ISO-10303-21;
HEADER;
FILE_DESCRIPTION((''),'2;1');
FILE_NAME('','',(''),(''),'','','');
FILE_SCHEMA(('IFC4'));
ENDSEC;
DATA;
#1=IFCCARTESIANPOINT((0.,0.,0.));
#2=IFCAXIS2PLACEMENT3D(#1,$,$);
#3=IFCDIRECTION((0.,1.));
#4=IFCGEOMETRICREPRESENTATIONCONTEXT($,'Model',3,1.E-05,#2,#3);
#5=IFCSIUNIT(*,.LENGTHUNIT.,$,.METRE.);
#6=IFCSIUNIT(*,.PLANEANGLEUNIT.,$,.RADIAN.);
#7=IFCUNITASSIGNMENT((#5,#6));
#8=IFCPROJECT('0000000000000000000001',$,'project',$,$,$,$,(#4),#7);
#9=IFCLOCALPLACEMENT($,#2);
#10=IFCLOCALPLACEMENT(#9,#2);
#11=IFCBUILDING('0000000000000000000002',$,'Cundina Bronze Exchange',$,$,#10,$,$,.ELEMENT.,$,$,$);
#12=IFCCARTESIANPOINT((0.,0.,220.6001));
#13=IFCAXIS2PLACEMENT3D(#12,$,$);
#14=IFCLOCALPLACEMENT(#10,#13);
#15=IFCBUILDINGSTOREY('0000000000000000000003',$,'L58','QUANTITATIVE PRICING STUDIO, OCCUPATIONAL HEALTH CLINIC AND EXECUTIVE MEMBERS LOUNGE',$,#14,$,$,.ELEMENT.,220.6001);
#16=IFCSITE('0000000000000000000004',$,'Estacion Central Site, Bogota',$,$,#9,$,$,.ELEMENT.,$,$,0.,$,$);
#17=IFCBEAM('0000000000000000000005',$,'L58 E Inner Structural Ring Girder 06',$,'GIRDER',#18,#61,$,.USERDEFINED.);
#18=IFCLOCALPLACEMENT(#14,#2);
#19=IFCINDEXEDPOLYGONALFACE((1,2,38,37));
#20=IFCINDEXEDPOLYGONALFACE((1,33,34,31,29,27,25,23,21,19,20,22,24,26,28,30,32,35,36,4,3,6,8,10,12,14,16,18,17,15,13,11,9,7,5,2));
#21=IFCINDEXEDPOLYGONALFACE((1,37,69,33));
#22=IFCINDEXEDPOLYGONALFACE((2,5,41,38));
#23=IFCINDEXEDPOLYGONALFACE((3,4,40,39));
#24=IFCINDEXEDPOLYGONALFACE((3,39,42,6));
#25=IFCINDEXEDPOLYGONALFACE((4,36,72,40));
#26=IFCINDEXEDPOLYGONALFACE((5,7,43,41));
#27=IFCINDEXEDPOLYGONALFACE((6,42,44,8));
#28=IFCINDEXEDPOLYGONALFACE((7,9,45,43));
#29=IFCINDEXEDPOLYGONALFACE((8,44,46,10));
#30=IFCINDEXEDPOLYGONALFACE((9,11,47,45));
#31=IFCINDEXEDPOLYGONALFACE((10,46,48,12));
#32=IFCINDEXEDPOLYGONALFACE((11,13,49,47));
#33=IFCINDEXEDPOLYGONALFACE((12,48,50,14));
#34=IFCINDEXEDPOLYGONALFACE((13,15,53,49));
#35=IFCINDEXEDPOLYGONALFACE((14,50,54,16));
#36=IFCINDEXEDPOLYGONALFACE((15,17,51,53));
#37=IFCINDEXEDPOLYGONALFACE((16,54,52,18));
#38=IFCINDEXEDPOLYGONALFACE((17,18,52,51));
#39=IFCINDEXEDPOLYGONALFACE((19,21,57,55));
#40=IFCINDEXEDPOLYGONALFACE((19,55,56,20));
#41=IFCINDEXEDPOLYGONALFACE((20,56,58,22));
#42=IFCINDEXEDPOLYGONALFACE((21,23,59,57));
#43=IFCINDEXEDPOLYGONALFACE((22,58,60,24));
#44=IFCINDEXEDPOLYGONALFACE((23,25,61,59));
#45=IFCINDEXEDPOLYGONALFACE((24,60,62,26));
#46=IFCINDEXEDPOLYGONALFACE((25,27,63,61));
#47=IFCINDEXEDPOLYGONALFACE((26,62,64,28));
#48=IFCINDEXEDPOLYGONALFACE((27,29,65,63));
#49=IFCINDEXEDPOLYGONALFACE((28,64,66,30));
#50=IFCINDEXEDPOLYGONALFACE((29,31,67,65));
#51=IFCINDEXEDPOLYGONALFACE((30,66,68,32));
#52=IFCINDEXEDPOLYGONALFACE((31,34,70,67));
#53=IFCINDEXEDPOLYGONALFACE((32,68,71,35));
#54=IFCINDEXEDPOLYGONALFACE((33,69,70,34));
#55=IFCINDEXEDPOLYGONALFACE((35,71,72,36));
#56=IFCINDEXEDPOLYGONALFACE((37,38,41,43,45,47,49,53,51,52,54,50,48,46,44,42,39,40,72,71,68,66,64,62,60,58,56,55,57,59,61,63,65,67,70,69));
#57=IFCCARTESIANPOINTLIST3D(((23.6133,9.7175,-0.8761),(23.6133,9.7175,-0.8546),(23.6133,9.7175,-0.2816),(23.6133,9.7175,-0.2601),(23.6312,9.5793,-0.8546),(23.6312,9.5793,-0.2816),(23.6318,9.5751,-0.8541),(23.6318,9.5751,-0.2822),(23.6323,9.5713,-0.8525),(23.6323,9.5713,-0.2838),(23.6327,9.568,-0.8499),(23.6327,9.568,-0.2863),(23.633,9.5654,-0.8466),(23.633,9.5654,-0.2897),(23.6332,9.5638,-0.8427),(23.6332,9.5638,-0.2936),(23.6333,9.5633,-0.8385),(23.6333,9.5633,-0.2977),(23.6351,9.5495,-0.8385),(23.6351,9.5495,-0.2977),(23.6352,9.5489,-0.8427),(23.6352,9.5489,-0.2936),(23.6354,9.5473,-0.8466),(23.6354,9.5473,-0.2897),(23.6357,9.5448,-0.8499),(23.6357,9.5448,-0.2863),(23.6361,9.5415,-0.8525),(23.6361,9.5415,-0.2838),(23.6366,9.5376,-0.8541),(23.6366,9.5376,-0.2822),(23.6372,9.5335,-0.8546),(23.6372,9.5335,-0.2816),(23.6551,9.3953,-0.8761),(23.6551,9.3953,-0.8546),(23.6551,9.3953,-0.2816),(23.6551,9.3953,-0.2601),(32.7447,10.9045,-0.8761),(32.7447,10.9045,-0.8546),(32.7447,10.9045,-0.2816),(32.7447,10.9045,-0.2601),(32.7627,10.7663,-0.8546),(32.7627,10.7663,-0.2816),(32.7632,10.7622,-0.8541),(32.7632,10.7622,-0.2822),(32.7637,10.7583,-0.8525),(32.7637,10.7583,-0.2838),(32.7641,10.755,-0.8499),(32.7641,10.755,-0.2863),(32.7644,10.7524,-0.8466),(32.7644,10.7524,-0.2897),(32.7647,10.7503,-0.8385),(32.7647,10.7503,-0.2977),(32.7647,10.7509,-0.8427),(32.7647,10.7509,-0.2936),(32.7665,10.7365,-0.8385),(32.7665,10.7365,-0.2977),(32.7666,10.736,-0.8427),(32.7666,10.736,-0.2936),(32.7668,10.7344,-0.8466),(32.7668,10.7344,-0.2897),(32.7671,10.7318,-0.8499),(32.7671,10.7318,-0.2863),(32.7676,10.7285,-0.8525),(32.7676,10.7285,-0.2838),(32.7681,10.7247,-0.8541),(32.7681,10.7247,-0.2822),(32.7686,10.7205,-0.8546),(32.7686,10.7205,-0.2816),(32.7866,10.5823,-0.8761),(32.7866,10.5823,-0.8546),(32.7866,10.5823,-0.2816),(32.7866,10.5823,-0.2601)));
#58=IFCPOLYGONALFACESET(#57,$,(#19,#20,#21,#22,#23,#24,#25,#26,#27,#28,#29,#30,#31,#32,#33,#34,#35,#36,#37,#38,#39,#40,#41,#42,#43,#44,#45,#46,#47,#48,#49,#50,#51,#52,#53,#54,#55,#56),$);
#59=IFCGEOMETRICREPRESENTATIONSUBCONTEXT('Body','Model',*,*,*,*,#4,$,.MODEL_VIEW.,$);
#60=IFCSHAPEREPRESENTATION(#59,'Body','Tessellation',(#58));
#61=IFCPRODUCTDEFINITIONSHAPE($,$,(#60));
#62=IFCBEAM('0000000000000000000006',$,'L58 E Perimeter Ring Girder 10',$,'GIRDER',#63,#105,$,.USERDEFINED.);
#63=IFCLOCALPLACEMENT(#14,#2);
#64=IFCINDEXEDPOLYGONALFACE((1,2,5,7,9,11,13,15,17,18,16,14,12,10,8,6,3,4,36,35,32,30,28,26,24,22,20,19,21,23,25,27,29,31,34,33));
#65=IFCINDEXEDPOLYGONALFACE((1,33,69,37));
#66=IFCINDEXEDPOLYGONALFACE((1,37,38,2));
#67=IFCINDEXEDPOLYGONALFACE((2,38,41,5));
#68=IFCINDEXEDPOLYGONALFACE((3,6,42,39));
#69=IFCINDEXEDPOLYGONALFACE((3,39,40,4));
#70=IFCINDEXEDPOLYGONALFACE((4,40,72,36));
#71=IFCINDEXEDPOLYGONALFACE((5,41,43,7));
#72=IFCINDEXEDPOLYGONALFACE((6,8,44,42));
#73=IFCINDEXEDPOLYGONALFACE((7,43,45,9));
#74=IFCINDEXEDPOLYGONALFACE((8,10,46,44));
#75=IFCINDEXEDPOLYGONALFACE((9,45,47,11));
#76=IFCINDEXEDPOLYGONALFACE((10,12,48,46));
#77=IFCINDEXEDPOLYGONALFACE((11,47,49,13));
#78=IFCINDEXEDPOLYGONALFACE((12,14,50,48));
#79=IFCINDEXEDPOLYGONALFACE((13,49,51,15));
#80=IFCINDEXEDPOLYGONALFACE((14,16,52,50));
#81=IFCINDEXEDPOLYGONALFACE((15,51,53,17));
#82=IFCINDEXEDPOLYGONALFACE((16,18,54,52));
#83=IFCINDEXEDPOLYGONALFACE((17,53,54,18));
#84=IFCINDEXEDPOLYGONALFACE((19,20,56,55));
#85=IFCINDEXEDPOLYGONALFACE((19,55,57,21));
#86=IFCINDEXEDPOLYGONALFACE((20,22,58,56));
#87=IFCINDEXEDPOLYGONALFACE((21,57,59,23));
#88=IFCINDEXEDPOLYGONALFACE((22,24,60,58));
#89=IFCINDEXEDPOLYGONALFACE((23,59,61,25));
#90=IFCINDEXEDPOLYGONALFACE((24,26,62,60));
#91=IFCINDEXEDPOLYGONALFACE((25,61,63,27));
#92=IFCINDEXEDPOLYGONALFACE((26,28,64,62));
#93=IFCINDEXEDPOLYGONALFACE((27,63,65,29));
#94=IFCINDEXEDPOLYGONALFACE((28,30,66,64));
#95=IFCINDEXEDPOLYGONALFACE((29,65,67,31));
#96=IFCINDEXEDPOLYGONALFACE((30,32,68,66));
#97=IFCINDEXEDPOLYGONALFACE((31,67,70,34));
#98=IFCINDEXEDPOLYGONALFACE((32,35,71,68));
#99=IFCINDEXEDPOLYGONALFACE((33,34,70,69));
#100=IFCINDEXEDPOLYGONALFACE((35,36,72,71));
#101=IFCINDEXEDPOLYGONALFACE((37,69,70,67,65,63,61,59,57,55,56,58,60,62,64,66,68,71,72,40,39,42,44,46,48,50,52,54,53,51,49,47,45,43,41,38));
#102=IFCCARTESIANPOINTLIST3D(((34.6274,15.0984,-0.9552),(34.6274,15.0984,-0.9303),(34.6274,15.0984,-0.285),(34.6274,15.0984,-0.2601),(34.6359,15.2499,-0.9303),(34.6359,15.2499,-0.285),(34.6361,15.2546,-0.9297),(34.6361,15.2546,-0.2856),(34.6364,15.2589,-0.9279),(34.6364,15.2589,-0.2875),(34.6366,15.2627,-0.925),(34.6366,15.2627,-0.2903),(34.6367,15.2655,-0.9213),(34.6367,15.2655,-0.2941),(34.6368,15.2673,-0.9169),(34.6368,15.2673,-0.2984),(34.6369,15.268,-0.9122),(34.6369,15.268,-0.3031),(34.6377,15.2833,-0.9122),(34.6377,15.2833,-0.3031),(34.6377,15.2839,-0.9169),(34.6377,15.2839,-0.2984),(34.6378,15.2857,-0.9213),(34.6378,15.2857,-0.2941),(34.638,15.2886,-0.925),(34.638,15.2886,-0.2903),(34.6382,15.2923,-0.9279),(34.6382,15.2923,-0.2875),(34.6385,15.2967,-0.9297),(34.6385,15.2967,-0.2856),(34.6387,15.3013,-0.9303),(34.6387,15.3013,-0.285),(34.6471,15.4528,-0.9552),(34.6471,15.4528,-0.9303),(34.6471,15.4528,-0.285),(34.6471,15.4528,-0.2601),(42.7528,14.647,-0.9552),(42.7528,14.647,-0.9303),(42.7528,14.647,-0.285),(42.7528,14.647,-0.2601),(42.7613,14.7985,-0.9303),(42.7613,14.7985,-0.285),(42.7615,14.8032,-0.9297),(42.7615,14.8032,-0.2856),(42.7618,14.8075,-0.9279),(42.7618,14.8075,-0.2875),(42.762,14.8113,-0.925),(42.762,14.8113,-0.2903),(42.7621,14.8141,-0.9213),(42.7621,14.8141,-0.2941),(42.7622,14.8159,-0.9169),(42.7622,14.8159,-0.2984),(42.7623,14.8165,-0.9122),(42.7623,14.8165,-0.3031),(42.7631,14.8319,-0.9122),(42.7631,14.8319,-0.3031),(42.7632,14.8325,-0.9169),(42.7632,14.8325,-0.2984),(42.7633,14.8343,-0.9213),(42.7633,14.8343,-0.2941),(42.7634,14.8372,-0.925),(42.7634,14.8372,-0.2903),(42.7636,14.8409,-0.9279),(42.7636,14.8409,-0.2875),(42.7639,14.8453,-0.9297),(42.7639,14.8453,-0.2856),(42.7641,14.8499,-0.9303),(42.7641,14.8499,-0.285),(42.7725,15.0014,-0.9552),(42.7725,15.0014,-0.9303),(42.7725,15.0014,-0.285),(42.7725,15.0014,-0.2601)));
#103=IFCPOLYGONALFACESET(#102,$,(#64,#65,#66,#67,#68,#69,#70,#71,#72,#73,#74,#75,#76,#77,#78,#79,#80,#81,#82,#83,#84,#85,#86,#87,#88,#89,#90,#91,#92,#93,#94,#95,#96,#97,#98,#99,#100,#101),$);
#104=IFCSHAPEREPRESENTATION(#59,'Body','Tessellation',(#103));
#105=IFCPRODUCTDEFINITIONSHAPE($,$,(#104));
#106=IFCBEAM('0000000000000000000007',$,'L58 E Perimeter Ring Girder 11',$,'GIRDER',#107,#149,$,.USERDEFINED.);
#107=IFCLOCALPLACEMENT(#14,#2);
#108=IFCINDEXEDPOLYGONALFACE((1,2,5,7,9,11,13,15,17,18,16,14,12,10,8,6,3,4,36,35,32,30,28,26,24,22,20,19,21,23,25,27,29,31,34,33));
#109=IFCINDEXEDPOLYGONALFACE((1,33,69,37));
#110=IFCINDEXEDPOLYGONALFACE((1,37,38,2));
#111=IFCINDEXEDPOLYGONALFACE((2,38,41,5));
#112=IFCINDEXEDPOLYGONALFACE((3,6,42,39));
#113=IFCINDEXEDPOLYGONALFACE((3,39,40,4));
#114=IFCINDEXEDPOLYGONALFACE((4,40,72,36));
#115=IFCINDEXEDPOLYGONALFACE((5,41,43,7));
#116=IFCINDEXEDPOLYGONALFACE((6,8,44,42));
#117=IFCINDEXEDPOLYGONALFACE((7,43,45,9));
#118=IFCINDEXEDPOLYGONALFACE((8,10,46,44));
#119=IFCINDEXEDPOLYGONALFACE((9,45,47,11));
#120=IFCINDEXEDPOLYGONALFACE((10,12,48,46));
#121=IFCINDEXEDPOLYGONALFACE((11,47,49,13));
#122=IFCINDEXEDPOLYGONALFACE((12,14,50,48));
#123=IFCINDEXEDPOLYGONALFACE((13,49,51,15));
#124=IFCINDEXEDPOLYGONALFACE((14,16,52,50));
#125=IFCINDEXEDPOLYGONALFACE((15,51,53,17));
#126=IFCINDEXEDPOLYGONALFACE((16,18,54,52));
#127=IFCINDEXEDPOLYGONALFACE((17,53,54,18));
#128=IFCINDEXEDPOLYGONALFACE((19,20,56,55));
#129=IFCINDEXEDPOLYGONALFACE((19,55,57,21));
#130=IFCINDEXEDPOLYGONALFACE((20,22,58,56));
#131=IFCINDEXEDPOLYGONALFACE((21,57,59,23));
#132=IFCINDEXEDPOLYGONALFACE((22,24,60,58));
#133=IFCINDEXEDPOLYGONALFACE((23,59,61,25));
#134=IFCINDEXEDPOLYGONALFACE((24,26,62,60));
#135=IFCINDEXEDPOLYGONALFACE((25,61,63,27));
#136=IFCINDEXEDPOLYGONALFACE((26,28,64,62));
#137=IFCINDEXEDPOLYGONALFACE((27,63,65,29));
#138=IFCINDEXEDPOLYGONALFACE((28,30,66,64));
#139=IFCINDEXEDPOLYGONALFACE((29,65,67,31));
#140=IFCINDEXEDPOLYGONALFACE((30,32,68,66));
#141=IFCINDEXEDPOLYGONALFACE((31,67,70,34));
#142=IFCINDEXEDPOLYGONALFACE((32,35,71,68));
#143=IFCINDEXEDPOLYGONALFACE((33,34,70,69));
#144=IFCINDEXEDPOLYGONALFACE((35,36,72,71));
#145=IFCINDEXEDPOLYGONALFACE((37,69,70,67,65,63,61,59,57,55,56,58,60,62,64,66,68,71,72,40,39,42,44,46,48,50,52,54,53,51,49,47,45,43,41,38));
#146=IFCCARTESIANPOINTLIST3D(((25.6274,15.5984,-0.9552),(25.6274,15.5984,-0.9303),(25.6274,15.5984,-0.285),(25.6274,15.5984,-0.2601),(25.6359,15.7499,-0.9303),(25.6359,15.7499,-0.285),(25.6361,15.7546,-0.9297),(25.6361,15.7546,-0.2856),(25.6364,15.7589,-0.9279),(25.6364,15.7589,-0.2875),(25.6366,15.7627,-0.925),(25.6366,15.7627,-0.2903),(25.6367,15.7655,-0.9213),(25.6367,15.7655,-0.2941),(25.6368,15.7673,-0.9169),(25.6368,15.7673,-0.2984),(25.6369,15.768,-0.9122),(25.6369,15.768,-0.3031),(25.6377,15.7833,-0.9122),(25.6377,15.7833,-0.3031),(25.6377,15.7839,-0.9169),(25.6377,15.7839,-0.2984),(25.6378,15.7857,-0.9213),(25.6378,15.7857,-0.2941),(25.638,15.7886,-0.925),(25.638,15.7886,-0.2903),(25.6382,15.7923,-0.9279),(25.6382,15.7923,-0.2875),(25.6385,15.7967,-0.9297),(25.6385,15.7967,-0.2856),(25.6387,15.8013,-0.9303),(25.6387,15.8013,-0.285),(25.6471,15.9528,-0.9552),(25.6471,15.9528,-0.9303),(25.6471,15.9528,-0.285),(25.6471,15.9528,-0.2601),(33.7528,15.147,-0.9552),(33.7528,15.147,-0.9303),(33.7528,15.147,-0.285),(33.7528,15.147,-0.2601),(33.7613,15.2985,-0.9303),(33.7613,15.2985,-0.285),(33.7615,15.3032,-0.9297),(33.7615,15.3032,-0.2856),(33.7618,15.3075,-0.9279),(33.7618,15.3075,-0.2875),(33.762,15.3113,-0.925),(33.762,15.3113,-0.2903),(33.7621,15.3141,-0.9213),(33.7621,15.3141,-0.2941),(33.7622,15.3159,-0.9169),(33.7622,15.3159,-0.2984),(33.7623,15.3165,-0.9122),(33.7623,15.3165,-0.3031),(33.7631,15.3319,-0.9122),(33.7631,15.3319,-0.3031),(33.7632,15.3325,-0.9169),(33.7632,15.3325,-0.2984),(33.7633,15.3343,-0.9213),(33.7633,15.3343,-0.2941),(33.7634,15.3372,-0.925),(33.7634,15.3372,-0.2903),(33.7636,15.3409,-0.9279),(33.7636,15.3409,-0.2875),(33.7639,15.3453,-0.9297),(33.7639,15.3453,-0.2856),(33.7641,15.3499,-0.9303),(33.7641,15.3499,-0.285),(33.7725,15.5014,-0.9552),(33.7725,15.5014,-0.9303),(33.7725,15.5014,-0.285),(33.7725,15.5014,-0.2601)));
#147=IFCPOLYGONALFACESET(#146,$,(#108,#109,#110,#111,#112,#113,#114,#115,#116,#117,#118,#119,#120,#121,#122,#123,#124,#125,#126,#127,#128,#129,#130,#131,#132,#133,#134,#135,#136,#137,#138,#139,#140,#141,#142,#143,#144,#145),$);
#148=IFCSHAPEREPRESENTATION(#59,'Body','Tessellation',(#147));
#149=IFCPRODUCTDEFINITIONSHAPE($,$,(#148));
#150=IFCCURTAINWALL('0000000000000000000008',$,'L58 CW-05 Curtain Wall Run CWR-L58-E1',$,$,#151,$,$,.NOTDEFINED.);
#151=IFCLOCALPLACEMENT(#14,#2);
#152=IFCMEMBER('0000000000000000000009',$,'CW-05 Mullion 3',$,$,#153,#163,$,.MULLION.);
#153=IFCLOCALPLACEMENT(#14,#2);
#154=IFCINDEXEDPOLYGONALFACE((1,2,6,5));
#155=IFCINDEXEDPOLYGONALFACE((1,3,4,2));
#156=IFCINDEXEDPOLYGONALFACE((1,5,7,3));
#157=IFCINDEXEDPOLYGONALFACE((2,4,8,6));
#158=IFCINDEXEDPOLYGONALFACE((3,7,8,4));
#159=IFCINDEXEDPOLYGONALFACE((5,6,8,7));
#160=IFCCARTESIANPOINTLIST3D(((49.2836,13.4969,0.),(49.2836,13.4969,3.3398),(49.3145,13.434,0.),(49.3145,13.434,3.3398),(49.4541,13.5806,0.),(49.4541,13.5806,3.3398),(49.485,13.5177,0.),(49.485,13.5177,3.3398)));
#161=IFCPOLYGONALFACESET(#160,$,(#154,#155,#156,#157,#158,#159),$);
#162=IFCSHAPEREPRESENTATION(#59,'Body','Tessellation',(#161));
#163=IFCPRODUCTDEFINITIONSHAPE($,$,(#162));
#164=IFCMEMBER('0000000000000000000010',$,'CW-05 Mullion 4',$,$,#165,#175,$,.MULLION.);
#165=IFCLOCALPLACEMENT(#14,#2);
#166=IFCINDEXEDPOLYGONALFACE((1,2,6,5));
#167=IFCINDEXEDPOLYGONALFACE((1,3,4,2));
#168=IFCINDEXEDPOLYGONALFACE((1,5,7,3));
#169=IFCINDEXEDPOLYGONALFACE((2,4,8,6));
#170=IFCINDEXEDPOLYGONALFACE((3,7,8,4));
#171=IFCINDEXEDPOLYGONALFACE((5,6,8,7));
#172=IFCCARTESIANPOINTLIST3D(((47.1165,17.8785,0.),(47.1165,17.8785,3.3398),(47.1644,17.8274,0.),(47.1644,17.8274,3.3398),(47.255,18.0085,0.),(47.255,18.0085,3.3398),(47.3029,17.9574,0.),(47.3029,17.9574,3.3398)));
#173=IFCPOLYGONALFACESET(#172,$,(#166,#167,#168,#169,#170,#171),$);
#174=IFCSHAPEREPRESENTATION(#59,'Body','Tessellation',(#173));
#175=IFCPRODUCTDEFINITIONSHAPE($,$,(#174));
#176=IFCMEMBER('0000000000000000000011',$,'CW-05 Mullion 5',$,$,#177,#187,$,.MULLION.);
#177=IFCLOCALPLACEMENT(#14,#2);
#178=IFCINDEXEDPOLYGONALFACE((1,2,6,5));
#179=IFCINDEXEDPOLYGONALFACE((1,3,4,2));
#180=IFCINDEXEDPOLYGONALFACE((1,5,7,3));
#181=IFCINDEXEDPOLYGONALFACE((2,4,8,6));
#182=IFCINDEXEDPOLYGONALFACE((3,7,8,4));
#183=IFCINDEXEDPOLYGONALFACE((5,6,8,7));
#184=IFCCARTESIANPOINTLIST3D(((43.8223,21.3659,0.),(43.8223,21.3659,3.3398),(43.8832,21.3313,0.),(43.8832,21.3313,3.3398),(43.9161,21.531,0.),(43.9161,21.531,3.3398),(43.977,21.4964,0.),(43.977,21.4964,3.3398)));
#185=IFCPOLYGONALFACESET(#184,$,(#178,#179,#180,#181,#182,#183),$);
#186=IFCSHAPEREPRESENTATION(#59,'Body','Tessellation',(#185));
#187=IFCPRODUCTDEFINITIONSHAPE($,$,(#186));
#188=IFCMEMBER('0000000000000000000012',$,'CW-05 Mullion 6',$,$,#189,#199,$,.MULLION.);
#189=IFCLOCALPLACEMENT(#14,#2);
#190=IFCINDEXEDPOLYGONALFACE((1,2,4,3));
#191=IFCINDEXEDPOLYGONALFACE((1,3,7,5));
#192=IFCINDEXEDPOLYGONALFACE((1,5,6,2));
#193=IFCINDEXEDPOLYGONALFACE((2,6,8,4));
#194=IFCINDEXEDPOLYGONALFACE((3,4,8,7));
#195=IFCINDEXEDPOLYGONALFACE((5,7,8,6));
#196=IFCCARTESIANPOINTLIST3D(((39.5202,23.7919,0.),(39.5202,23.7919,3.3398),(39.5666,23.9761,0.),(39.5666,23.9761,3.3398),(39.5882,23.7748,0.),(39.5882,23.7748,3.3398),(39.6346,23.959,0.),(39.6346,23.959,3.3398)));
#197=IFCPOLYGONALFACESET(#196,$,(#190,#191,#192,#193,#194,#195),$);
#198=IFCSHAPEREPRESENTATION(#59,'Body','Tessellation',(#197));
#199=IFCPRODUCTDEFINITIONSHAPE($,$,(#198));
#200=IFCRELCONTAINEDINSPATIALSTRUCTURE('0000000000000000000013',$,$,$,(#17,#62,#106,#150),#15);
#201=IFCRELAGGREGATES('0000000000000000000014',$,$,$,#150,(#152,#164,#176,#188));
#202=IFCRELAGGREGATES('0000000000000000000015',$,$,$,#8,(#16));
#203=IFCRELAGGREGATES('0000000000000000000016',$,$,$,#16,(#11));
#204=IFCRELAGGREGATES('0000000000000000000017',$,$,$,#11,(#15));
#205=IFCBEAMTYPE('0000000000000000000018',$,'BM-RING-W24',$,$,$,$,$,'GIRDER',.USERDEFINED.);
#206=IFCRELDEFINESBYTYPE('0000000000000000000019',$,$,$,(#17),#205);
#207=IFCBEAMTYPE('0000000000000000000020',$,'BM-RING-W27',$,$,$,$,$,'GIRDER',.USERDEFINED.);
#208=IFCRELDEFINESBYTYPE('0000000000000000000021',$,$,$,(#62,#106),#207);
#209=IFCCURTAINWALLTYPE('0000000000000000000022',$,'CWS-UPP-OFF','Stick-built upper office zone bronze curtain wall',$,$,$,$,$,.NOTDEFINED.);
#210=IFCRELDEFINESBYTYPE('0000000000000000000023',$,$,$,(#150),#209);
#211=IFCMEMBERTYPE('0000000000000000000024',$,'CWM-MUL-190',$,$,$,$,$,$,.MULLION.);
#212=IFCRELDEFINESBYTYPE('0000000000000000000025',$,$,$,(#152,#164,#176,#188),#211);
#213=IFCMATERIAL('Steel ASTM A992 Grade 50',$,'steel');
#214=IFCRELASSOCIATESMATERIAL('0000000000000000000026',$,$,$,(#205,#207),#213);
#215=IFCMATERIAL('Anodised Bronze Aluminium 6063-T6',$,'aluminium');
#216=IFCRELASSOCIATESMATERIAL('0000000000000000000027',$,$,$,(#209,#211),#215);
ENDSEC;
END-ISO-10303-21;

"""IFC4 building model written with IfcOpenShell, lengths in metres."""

from ifc_helpers import new_model, si_unit, direction, frame, origin, origin_2d, place, context, subcontext, project, spatial, rectangle, i_section, extrude, material, material_profile, profile_set, type_object, element, aggregate, save


model = new_model("IFC4")

# Units and contexts
model_context = context("Model", 3, precision=1e-05, world=origin(), true_north=direction((0.0, 1.0)))
body_context = subcontext(model_context, "Body", "Model", "MODEL_VIEW")
ifc_project = project(units=[si_unit("LENGTHUNIT", "METRE"), si_unit("PLANEANGLEUNIT", "RADIAN")], contexts=[model_context])

# Site, building, storey
site_placement = place(None, origin())
site = spatial("IfcSite", under=ifc_project, at=site_placement, Name="Estacion Central Site, Bogota", CompositionType="ELEMENT", RefElevation=0.0)
building_placement = place(site_placement, origin())
building = spatial("IfcBuilding", under=site, at=building_placement, Name="Cundina Bronze Exchange", CompositionType="ELEMENT")
storey_placement = place(building_placement, frame((0.0, 0.0, 220.6001)))
storey = spatial("IfcBuildingStorey", under=building, at=storey_placement, Name="L58", Description="QUANTITATIVE PRICING STUDIO, OCCUPATIONAL HEALTH CLINIC AND EXECUTIVE MEMBERS LOUNGE", CompositionType="ELEMENT", Elevation=220.6001)

# Beams
ifc_material_1 = material(Name="Steel ASTM A992 Grade 50", Category="steel")
ifc_material_profile_1 = material_profile(ifc_material_1, i_section(OverallWidth=0.325, OverallDepth=0.616, WebThickness=0.0139, FlangeThickness=0.0215, FilletRadius=0.0161, at=origin_2d()), Name="W24X117", Category="steel")
ifc_profile_set_1 = profile_set([ifc_material_profile_1], Name="Steel ASTM A992 Grade 50")
beam_type_1 = type_object("IfcBeamType", Name="BM-RING-W24", ElementType="GIRDER", PredefinedType="USERDEFINED", material=ifc_profile_set_1)
beam_1_placement = place(storey_placement, frame((32.7656, 10.7434, -0.5681), z_axis=(-0.991656, -0.128908, 0.0), x_axis=(0.128908, -0.991656, 0.0)))
element("IfcBeam", 1, at=beam_1_placement, inside=storey, type_object=beam_type_1, Name="L58 E Inner Structural Ring Girder 06", ObjectType="GIRDER", PredefinedType="USERDEFINED", context=body_context, shape_type="SweptSolid", body=[
    extrude(i_section(OverallWidth=0.325, OverallDepth=0.616, WebThickness=0.0139, FlangeThickness=0.0215, FilletRadius=0.0161, at=origin_2d()), origin(), (0.0, 0.0, 1.0), 9.2083),
])
ifc_material_profile_2 = material_profile(ifc_material_1, i_section(OverallWidth=0.355, OverallDepth=0.6951, WebThickness=0.0154, FlangeThickness=0.0249, FilletRadius=0.0181, at=origin_2d()), Name="W27X146", Category="steel")
ifc_profile_set_2 = profile_set([ifc_material_profile_2], Name="Steel ASTM A992 Grade 50")
beam_type_2 = type_object("IfcBeamType", Name="BM-RING-W27", ElementType="GIRDER", PredefinedType="USERDEFINED", material=ifc_profile_set_2)
for number, where, z_axis, x_axis, name in (
    (2, (42.7627, 14.8242, -0.6077), (-0.99846, 0.05547, 0.0), (-0.05547, -0.99846, 0.0), "L58 E Perimeter Ring Girder 10"),
    (3, (33.7627, 15.3242, -0.6077), (-0.99846, 0.05547, 0.0), (-0.05547, -0.99846, 0.0), "L58 E Perimeter Ring Girder 11"),
):
    element("IfcBeam", number, at=place(storey_placement, frame(where, z_axis=z_axis, x_axis=x_axis)), inside=storey, type_object=beam_type_2, Name=name, ObjectType="GIRDER", PredefinedType="USERDEFINED", context=body_context, shape_type="SweptSolid", body=[
        extrude(i_section(OverallWidth=0.355, OverallDepth=0.6951, WebThickness=0.0154, FlangeThickness=0.0249, FilletRadius=0.0181, at=origin_2d()), origin(), (0.0, 0.0, 1.0), 8.1379),
    ])

# Curtain wall, members
ifc_material_2 = material(Name="Anodised Bronze Aluminium 6063-T6", Category="aluminium")
curtain_wall_type = type_object("IfcCurtainWallType", Name="CWS-UPP-OFF", Description="Stick-built upper office zone bronze curtain wall", PredefinedType="NOTDEFINED", material=ifc_material_2)
curtain_wall_1_placement = place(storey_placement, origin())
curtain_wall_1 = element("IfcCurtainWall", 4, at=curtain_wall_1_placement, inside=storey, type_object=curtain_wall_type, Name="L58 CW-05 Curtain Wall Run CWR-L58-E1", PredefinedType="NOTDEFINED")
ifc_material_profile_3 = material_profile(ifc_material_2, rectangle(XDim=0.0701, YDim=0.1899, at=origin_2d()), Name="AL70X190", Category="aluminium")
ifc_profile_set_3 = profile_set([ifc_material_profile_3], Name="Anodised Bronze Aluminium 6063-T6")
member_type_1 = type_object("IfcMemberType", Name="CWM-MUL-190", PredefinedType="MULLION", material=ifc_profile_set_3)
member_1_placement = place(storey_placement, frame((49.3843, 13.5073, 0.0), z_axis=(0.0, 0.0, 1.0), x_axis=(-0.440566, 0.89772, 0.0)))
member_1 = element("IfcMember", 5, at=member_1_placement, type_object=member_type_1, Name="CW-05 Mullion 3", PredefinedType="MULLION", context=body_context, shape_type="SweptSolid", body=[
    extrude(rectangle(XDim=0.0701, YDim=0.1899, at=origin_2d()), origin(), (0.0, 0.0, 1.0), 3.3398),
])
member_2_placement = place(storey_placement, frame((47.2097, 17.918, 0.0), z_axis=(0.0, 0.0, 1.0), x_axis=(-0.684293, 0.729208, 0.0)))
member_2 = element("IfcMember", 6, at=member_2_placement, type_object=member_type_1, Name="CW-05 Mullion 4", PredefinedType="MULLION", context=body_context, shape_type="SweptSolid", body=[
    extrude(rectangle(XDim=0.0701, YDim=0.1899, at=origin_2d()), origin(), (0.0, 0.0, 1.0), 3.3398),
])
member_3_placement = place(storey_placement, frame((43.8997, 21.4312, 0.0), z_axis=(0.0, 0.0, 1.0), x_axis=(-0.869581, 0.49379, 0.0)))
member_3 = element("IfcMember", 7, at=member_3_placement, type_object=member_type_1, Name="CW-05 Mullion 5", PredefinedType="MULLION", context=body_context, shape_type="SweptSolid", body=[
    extrude(rectangle(XDim=0.0701, YDim=0.1899, at=origin_2d()), origin(), (0.0, 0.0, 1.0), 3.3398),
])
member_4_placement = place(storey_placement, frame((39.5774, 23.8755, 0.0), z_axis=(0.0, 0.0, 1.0), x_axis=(-0.969744, 0.244123, 0.0)))
member_4 = element("IfcMember", 8, at=member_4_placement, type_object=member_type_1, Name="CW-05 Mullion 6", PredefinedType="MULLION", context=body_context, shape_type="SweptSolid", body=[
    extrude(rectangle(XDim=0.0701, YDim=0.1899, at=origin_2d()), origin(), (0.0, 0.0, 1.0), 3.3398),
])

aggregate(curtain_wall_1, [member_1, member_2, member_3, member_4])

save(model, "model.ifc")
